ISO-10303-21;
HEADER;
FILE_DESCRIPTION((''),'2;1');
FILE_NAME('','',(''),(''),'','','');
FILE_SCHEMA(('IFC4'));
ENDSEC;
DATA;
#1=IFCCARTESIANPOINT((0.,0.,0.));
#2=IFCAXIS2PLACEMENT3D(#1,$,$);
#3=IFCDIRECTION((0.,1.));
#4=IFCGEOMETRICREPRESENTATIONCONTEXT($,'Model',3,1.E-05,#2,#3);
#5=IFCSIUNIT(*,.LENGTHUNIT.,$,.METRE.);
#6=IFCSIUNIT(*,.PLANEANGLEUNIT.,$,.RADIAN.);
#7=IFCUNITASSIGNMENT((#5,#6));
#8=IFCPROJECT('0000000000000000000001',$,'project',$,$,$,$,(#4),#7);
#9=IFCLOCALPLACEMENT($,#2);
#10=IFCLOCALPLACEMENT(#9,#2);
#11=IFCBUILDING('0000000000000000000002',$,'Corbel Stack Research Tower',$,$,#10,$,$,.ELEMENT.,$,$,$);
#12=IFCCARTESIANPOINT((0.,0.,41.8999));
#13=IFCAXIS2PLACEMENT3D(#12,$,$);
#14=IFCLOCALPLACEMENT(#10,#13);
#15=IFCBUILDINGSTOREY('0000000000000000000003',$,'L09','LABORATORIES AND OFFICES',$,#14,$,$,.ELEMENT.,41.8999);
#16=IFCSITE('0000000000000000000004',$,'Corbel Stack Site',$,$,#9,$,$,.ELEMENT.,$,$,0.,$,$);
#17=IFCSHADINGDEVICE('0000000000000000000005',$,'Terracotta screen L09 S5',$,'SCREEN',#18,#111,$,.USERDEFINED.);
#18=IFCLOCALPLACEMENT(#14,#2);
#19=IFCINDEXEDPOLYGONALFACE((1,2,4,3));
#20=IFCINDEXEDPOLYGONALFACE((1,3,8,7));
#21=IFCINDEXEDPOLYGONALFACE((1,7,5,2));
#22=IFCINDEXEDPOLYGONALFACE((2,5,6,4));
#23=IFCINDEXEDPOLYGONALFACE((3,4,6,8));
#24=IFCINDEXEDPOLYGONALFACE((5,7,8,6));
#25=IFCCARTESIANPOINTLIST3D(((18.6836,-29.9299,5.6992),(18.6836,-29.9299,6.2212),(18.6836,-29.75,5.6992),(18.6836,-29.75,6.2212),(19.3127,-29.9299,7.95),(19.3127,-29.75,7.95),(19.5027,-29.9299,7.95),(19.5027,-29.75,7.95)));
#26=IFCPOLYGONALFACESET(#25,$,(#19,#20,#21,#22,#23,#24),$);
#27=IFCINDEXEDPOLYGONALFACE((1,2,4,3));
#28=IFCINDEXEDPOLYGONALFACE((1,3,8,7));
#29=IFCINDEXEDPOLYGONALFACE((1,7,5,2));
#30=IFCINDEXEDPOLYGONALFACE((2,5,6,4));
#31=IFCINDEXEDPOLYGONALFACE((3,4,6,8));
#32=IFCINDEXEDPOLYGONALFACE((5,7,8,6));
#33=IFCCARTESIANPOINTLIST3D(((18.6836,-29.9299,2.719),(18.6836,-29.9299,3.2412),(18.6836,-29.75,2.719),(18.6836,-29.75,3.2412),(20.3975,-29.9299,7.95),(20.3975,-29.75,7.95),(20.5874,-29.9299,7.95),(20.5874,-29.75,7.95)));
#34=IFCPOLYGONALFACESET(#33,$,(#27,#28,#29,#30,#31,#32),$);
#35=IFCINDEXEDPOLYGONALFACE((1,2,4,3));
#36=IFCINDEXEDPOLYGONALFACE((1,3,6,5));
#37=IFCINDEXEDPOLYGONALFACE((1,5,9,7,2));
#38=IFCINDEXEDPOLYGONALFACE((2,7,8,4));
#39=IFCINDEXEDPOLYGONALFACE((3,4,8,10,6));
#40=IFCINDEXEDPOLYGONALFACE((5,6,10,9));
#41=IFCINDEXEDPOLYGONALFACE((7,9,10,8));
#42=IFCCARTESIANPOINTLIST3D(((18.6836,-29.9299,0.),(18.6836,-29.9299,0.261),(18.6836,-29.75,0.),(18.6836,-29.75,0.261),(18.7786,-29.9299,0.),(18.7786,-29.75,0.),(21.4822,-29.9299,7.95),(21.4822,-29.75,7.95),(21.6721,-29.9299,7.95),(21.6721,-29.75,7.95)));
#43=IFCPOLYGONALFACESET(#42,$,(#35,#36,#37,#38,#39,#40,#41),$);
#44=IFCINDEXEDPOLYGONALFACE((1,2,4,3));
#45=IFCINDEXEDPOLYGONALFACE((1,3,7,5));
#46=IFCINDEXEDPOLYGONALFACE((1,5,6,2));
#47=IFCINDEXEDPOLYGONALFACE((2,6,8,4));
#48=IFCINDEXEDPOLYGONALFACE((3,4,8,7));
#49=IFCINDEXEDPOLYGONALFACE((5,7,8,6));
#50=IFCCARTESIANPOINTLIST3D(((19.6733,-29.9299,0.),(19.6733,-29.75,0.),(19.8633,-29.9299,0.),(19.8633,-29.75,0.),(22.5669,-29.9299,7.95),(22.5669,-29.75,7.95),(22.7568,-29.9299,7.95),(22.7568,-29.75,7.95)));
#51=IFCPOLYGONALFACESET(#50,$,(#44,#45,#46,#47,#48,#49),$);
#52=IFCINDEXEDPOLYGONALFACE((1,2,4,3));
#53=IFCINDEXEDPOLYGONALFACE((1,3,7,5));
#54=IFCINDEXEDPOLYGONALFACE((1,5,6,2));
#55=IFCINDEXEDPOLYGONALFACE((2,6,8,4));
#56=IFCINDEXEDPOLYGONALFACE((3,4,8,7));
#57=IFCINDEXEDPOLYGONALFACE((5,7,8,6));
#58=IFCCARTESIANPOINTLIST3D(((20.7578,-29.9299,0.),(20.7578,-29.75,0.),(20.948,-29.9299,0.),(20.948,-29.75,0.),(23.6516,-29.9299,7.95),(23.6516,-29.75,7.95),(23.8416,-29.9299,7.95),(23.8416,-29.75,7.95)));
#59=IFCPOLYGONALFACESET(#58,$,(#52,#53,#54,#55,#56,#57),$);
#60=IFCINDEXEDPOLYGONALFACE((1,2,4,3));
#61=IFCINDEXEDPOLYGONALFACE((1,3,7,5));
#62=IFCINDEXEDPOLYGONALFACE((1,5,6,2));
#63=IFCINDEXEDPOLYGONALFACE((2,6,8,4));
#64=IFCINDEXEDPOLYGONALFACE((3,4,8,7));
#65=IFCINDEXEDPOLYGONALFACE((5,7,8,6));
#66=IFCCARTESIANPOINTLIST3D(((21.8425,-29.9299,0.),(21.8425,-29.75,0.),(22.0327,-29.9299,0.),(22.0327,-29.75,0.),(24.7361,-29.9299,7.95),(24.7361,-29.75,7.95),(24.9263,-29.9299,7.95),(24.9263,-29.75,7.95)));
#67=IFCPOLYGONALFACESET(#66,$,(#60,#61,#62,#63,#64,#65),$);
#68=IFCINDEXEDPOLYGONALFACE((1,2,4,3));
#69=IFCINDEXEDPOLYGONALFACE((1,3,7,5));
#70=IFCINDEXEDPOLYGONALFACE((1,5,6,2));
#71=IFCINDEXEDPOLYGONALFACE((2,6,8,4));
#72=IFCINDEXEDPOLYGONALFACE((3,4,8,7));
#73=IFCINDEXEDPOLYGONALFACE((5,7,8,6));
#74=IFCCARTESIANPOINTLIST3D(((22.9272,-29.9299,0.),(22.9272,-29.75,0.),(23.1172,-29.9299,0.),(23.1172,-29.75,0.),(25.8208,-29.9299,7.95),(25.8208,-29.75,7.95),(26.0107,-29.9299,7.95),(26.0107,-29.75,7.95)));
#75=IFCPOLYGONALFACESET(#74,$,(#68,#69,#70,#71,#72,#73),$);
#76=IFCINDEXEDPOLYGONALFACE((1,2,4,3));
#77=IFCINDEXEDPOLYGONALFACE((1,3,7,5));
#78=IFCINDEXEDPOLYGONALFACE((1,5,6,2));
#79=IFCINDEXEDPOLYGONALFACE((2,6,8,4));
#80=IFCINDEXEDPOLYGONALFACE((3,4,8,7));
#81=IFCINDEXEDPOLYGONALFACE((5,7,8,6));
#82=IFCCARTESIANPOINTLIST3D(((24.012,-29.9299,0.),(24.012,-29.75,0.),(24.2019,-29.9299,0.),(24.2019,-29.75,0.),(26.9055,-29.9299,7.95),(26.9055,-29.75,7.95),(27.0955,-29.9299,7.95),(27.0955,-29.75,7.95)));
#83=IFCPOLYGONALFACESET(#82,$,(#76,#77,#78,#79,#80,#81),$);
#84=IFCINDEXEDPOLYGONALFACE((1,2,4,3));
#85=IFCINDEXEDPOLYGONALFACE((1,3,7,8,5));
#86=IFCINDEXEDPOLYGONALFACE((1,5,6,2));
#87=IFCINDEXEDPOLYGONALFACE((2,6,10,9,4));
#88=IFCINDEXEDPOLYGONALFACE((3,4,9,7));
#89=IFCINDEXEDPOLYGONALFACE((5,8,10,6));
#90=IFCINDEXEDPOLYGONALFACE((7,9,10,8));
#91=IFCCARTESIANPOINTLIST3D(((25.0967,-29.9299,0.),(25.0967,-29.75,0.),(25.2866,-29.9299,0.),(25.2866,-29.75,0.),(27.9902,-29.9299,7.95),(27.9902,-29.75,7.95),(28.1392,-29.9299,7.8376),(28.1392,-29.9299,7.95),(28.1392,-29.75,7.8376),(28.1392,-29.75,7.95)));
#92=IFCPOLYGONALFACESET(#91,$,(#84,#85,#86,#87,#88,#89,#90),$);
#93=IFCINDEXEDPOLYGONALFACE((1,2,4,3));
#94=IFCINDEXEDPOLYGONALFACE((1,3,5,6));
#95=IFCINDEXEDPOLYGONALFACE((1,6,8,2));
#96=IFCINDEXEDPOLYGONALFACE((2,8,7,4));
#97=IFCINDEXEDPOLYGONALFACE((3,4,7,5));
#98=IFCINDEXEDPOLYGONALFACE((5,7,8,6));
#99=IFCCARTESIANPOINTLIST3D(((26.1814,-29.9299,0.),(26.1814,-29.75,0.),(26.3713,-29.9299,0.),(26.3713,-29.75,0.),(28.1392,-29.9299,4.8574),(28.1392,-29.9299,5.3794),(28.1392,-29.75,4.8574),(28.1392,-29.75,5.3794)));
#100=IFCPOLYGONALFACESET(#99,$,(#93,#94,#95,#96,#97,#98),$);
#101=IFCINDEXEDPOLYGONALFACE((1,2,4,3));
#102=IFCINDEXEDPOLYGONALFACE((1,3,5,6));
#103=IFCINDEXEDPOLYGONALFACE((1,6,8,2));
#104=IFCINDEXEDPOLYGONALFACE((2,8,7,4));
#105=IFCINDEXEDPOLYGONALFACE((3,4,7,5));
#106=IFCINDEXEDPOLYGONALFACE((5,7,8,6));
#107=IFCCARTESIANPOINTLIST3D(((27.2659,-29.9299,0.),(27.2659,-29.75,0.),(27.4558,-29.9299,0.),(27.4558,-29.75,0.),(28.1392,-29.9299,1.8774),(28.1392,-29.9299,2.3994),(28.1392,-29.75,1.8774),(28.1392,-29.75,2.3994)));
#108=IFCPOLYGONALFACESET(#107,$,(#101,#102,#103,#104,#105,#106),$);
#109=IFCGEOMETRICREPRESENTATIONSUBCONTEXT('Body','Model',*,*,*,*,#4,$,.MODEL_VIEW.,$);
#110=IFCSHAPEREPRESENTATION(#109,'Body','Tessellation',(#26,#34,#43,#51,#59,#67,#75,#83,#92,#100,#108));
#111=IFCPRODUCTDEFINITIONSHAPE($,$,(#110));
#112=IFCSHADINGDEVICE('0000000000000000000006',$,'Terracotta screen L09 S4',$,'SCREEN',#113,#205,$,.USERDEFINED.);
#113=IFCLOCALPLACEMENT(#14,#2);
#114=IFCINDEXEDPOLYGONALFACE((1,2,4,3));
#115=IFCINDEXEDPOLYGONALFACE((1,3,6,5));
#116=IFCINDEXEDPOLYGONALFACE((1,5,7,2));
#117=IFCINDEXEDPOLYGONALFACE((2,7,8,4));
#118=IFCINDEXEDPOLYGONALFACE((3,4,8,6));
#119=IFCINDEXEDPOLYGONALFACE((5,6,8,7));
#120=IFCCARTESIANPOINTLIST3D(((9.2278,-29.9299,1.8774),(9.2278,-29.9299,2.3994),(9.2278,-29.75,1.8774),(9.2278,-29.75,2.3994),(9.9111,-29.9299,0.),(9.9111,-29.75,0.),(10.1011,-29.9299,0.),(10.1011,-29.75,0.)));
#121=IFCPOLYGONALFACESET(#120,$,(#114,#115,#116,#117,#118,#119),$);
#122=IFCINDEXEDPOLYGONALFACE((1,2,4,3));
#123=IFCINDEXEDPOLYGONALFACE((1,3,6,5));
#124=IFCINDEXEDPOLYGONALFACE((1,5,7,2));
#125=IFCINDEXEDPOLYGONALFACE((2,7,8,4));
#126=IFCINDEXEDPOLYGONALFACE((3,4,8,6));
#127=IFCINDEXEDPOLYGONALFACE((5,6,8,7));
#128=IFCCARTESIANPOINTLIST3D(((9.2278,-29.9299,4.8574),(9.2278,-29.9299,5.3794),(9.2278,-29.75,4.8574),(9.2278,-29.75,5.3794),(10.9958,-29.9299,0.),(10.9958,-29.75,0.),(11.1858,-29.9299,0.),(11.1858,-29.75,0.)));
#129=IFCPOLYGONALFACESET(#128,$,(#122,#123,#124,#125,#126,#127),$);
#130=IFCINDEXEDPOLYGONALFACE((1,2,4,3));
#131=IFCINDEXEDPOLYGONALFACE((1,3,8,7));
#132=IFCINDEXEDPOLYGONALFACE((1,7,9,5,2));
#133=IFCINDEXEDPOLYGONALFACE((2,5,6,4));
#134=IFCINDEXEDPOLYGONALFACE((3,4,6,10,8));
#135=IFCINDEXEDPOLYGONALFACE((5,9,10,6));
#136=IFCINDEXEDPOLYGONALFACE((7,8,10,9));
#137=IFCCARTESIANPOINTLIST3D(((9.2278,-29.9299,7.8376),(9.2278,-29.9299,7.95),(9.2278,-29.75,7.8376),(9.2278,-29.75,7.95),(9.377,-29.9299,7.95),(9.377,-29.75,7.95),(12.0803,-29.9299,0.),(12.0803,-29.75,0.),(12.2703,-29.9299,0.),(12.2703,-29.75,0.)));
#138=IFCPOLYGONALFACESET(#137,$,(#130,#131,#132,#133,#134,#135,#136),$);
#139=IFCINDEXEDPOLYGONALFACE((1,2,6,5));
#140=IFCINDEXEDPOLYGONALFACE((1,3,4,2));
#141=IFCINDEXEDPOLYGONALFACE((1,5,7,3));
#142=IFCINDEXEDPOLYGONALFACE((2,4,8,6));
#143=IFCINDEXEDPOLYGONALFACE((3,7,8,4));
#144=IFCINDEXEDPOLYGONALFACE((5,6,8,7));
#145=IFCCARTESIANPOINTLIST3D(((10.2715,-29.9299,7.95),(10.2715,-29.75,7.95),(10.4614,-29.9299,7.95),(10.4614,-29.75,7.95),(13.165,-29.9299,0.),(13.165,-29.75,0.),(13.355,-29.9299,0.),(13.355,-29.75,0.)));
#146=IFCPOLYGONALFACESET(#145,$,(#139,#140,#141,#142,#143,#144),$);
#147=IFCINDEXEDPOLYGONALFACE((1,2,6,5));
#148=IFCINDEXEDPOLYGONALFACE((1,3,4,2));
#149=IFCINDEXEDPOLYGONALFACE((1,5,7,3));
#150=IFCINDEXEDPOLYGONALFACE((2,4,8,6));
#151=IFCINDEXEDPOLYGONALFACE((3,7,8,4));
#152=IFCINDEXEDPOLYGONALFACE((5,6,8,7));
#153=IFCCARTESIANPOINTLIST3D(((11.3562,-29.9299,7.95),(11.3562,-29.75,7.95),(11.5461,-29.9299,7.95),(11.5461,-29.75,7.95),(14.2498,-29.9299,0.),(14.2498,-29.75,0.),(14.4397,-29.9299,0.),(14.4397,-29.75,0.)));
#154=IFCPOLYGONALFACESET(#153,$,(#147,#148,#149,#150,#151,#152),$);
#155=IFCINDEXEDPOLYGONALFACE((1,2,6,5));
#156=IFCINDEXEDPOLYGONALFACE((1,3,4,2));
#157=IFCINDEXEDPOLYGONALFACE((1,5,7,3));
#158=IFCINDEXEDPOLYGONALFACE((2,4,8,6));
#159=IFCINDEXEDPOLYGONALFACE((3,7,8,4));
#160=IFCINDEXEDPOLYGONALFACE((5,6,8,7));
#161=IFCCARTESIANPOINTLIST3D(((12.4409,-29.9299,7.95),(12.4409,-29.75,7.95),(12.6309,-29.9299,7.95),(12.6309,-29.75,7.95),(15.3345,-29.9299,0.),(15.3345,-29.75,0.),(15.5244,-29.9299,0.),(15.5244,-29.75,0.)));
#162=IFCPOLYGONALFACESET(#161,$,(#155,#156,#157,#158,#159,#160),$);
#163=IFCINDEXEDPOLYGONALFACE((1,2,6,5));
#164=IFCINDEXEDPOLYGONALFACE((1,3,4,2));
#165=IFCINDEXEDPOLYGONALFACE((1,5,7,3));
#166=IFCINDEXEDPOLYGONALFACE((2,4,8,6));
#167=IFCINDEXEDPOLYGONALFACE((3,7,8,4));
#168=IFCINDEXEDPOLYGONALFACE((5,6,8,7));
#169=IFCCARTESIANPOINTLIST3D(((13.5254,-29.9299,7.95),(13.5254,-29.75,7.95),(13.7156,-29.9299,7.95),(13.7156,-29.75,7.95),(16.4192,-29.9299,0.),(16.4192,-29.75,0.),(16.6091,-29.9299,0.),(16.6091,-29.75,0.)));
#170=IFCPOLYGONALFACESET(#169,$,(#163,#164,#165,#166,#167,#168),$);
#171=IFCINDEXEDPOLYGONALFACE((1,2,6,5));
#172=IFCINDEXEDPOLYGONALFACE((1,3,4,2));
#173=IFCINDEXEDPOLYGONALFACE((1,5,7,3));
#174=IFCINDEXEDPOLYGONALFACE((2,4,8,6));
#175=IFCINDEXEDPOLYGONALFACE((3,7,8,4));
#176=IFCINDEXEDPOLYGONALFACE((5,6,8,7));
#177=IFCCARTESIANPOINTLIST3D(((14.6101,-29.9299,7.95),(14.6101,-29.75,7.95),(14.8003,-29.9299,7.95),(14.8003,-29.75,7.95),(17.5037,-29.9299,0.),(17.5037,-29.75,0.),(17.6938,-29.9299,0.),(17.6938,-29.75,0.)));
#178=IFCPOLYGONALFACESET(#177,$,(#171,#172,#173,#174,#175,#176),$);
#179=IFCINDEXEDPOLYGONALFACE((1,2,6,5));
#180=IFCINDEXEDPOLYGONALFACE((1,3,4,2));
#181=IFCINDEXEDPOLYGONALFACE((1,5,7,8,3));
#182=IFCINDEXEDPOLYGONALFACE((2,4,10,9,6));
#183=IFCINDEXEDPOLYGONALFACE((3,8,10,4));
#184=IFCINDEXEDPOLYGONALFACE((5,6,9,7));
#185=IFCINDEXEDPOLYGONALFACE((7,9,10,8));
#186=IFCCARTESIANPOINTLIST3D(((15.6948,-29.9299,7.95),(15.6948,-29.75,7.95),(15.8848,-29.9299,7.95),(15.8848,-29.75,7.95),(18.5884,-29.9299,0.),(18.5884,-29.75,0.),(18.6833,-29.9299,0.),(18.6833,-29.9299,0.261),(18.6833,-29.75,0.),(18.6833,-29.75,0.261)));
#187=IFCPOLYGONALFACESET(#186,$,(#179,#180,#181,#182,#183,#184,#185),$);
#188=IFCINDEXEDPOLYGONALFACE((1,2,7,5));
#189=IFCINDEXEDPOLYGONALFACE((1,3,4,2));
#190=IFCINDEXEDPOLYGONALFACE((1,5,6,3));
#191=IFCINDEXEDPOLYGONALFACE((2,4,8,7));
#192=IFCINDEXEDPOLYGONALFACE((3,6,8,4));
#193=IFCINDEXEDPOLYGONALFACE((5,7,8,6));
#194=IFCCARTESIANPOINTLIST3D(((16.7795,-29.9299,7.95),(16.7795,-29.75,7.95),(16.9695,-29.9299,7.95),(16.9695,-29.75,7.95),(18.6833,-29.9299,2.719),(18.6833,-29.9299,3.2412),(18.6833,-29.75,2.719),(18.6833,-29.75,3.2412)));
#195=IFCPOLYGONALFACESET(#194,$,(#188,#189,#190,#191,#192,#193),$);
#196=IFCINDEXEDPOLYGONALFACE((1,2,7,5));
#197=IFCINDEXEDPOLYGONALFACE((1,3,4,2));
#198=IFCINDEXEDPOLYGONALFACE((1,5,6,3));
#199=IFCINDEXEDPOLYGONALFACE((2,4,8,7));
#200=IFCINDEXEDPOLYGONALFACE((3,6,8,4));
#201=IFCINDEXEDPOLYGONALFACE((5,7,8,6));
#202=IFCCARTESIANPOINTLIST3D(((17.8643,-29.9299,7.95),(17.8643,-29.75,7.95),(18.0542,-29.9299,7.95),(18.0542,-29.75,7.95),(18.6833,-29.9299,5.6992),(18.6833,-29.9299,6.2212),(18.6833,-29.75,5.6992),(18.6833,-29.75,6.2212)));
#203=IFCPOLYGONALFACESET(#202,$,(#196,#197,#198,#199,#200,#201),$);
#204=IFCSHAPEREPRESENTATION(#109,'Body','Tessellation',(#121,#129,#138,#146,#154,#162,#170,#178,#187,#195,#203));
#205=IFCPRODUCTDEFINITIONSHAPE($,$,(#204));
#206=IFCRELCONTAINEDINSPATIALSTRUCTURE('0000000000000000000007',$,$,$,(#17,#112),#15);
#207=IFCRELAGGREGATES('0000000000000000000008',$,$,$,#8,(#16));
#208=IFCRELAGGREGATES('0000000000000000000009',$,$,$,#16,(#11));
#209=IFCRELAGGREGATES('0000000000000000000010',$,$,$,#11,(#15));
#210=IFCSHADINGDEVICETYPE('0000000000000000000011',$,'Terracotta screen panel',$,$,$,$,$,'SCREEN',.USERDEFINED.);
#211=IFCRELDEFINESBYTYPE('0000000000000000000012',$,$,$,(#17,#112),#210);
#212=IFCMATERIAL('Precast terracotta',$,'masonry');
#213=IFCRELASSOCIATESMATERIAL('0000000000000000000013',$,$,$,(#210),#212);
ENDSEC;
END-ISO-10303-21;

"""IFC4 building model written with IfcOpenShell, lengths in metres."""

from ifc_helpers import new_model, si_unit, direction, frame, origin, place, context, subcontext, project, spatial, polyline, outline, extrude, source, transform, mapped, material, type_object, element, save


model = new_model("IFC4")

# Units and contexts
model_context = context("Model", 3, precision=1e-05, world=origin(), true_north=direction((0.0, 1.0)))
body_context = subcontext(model_context, "Body", "Model", "MODEL_VIEW")
ifc_project = project(units=[si_unit("LENGTHUNIT", "METRE"), si_unit("PLANEANGLEUNIT", "RADIAN")], contexts=[model_context])

# Site, building, storey
site_placement = place(None, origin())
site = spatial("IfcSite", under=ifc_project, at=site_placement, Name="Corbel Stack Site", CompositionType="ELEMENT", RefElevation=0.0)
building_placement = place(site_placement, origin())
building = spatial("IfcBuilding", under=site, at=building_placement, Name="Corbel Stack Research Tower", CompositionType="ELEMENT")
storey_placement = place(building_placement, frame((0.0, 0.0, 41.8999)))
storey = spatial("IfcBuildingStorey", under=building, at=storey_placement, Name="L09", Description="LABORATORIES AND OFFICES", CompositionType="ELEMENT", Elevation=41.8999)

# Shading devices
ifc_material_1 = material(Name="Precast terracotta", Category="masonry")
shading_device_type = type_object("IfcShadingDeviceType", Name="Terracotta screen panel", ElementType="SCREEN", PredefinedType="USERDEFINED", material=ifc_material_1)
shared_shape_1 = source(origin(), body_context, "Body", "SweptSolid", [
    extrude(outline(polyline([(0.8191, 7.95), (0.6292, 7.95), (0.0, 6.2212), (0.0, 5.6992), (0.8191, 7.95)])), frame((0.0, 0.0, 0.0), z_axis=(0.0, -1.0, 0.0), x_axis=(1.0, 0.0, 0.0)), (0.0, 0.0, 1.0), 0.1799),
    extrude(outline(polyline([(1.9038, 7.95), (1.7139, 7.95), (0.0, 3.2412), (0.0, 2.719), (1.9038, 7.95)])), frame((0.0, 0.0, 0.0), z_axis=(0.0, -1.0, 0.0), x_axis=(1.0, 0.0, 0.0)), (0.0, 0.0, 1.0), 0.1799),
    extrude(outline(polyline([(0.095, 0.0), (2.9885, 7.95), (2.7986, 7.95), (0.0, 0.261), (0.0, 0.0), (0.095, 0.0)])), frame((0.0, 0.0, 0.0), z_axis=(0.0, -1.0, 0.0), x_axis=(1.0, 0.0, 0.0)), (0.0, 0.0, 1.0), 0.1799),
    extrude(outline(polyline([(1.1797, 0.0), (4.0732, 7.95), (3.8833, 7.95), (0.9897, 0.0), (1.1797, 0.0)])), frame((0.0, 0.0, 0.0), z_axis=(0.0, -1.0, 0.0), x_axis=(1.0, 0.0, 0.0)), (0.0, 0.0, 1.0), 0.1799),
    extrude(outline(polyline([(2.2644, 0.0), (5.158, 7.95), (4.968, 7.95), (2.0742, 0.0), (2.2644, 0.0)])), frame((0.0, 0.0, 0.0), z_axis=(0.0, -1.0, 0.0), x_axis=(1.0, 0.0, 0.0)), (0.0, 0.0, 1.0), 0.1799),
    extrude(outline(polyline([(3.3491, 0.0), (6.2427, 7.95), (6.0525, 7.95), (3.1589, 0.0), (3.3491, 0.0)])), frame((0.0, 0.0, 0.0), z_axis=(0.0, -1.0, 0.0), x_axis=(1.0, 0.0, 0.0)), (0.0, 0.0, 1.0), 0.1799),
    extrude(outline(polyline([(4.4336, 0.0), (7.3271, 7.95), (7.1372, 7.95), (4.2437, 0.0), (4.4336, 0.0)])), frame((0.0, 0.0, 0.0), z_axis=(0.0, -1.0, 0.0), x_axis=(1.0, 0.0, 0.0)), (0.0, 0.0, 1.0), 0.1799),
    extrude(outline(polyline([(5.5183, 0.0), (8.4119, 7.95), (8.2219, 7.95), (5.3284, 0.0), (5.5183, 0.0)])), frame((0.0, 0.0, 0.0), z_axis=(0.0, -1.0, 0.0), x_axis=(1.0, 0.0, 0.0)), (0.0, 0.0, 1.0), 0.1799),
    extrude(outline(polyline([(6.603, 0.0), (9.4556, 7.8376), (9.4556, 7.95), (9.3066, 7.95), (6.4131, 0.0), (6.603, 0.0)])), frame((0.0, 0.0, 0.0), z_axis=(0.0, -1.0, 0.0), x_axis=(1.0, 0.0, 0.0)), (0.0, 0.0, 1.0), 0.1799),
    extrude(outline(polyline([(7.6877, 0.0), (9.4556, 4.8574), (9.4556, 5.3794), (7.4978, 0.0), (7.6877, 0.0)])), frame((0.0, 0.0, 0.0), z_axis=(0.0, -1.0, 0.0), x_axis=(1.0, 0.0, 0.0)), (0.0, 0.0, 1.0), 0.1799),
    extrude(outline(polyline([(8.7722, 0.0), (9.4556, 1.8774), (9.4556, 2.3994), (8.5823, 0.0), (8.7722, 0.0)])), frame((0.0, 0.0, 0.0), z_axis=(0.0, -1.0, 0.0), x_axis=(1.0, 0.0, 0.0)), (0.0, 0.0, 1.0), 0.1799),
])
shading_device_1_placement = place(storey_placement, frame((18.6836, -29.75, 0.0), z_axis=(0.0, 0.0, 1.0), x_axis=(1.0, 0.0, 0.0)))
element("IfcShadingDevice", 1, at=shading_device_1_placement, inside=storey, type_object=shading_device_type, Name="Terracotta screen L09 S5", ObjectType="SCREEN", PredefinedType="USERDEFINED", context=body_context, shape_type="MappedRepresentation", body=[
    mapped(shared_shape_1, transform((0.0, 0.0, 0.0))),
])
shared_shape_2 = source(origin(), body_context, "Body", "SweptSolid", [
    extrude(outline(polyline([(0.8733, 0.0), (0.0, 2.3994), (0.0, 1.8774), (0.6833, 0.0), (0.8733, 0.0)])), frame((0.0, 0.0, 0.0), z_axis=(0.0, -1.0, 0.0), x_axis=(1.0, 0.0, 0.0)), (0.0, 0.0, 1.0), 0.1799),
    extrude(outline(polyline([(1.958, 0.0), (0.0, 5.3794), (0.0, 4.8574), (1.7681, 0.0), (1.958, 0.0)])), frame((0.0, 0.0, 0.0), z_axis=(0.0, -1.0, 0.0), x_axis=(1.0, 0.0, 0.0)), (0.0, 0.0, 1.0), 0.1799),
    extrude(outline(polyline([(3.0425, 0.0), (0.1492, 7.95), (0.0, 7.95), (0.0, 7.8376), (2.8525, 0.0), (3.0425, 0.0)])), frame((0.0, 0.0, 0.0), z_axis=(0.0, -1.0, 0.0), x_axis=(1.0, 0.0, 0.0)), (0.0, 0.0, 1.0), 0.1799),
    extrude(outline(polyline([(4.1272, 0.0), (1.2336, 7.95), (1.0437, 7.95), (3.9373, 0.0), (4.1272, 0.0)])), frame((0.0, 0.0, 0.0), z_axis=(0.0, -1.0, 0.0), x_axis=(1.0, 0.0, 0.0)), (0.0, 0.0, 1.0), 0.1799),
    extrude(outline(polyline([(5.2119, 0.0), (2.3184, 7.95), (2.1284, 7.95), (5.022, 0.0), (5.2119, 0.0)])), frame((0.0, 0.0, 0.0), z_axis=(0.0, -1.0, 0.0), x_axis=(1.0, 0.0, 0.0)), (0.0, 0.0, 1.0), 0.1799),
    extrude(outline(polyline([(6.2966, 0.0), (3.4031, 7.95), (3.2131, 7.95), (6.1067, 0.0), (6.2966, 0.0)])), frame((0.0, 0.0, 0.0), z_axis=(0.0, -1.0, 0.0), x_axis=(1.0, 0.0, 0.0)), (0.0, 0.0, 1.0), 0.1799),
    extrude(outline(polyline([(7.3813, 0.0), (4.4878, 7.95), (4.2976, 7.95), (7.1914, 0.0), (7.3813, 0.0)])), frame((0.0, 0.0, 0.0), z_axis=(0.0, -1.0, 0.0), x_axis=(1.0, 0.0, 0.0)), (0.0, 0.0, 1.0), 0.1799),
    extrude(outline(polyline([(8.4661, 0.0), (5.5725, 7.95), (5.3823, 7.95), (8.2759, 0.0), (8.4661, 0.0)])), frame((0.0, 0.0, 0.0), z_axis=(0.0, -1.0, 0.0), x_axis=(1.0, 0.0, 0.0)), (0.0, 0.0, 1.0), 0.1799),
    extrude(outline(polyline([(9.4556, 0.0), (9.4556, 0.261), (6.657, 7.95), (6.467, 7.95), (9.3606, 0.0), (9.4556, 0.0)])), frame((0.0, 0.0, 0.0), z_axis=(0.0, -1.0, 0.0), x_axis=(1.0, 0.0, 0.0)), (0.0, 0.0, 1.0), 0.1799),
    extrude(outline(polyline([(7.7417, 7.95), (7.5518, 7.95), (9.4556, 2.719), (9.4556, 3.2412), (7.7417, 7.95)])), frame((0.0, 0.0, 0.0), z_axis=(0.0, -1.0, 0.0), x_axis=(1.0, 0.0, 0.0)), (0.0, 0.0, 1.0), 0.1799),
    extrude(outline(polyline([(8.8264, 7.95), (8.6365, 7.95), (9.4556, 5.6992), (9.4556, 6.2212), (8.8264, 7.95)])), frame((0.0, 0.0, 0.0), z_axis=(0.0, -1.0, 0.0), x_axis=(1.0, 0.0, 0.0)), (0.0, 0.0, 1.0), 0.1799),
])
shading_device_2_placement = place(storey_placement, frame((9.2278, -29.75, 0.0), z_axis=(0.0, 0.0, 1.0), x_axis=(1.0, 0.0, 0.0)))
element("IfcShadingDevice", 2, at=shading_device_2_placement, inside=storey, type_object=shading_device_type, Name="Terracotta screen L09 S4", ObjectType="SCREEN", PredefinedType="USERDEFINED", context=body_context, shape_type="MappedRepresentation", body=[
    mapped(shared_shape_2, transform((0.0, 0.0, 0.0))),
])

save(model, "model.ifc")
